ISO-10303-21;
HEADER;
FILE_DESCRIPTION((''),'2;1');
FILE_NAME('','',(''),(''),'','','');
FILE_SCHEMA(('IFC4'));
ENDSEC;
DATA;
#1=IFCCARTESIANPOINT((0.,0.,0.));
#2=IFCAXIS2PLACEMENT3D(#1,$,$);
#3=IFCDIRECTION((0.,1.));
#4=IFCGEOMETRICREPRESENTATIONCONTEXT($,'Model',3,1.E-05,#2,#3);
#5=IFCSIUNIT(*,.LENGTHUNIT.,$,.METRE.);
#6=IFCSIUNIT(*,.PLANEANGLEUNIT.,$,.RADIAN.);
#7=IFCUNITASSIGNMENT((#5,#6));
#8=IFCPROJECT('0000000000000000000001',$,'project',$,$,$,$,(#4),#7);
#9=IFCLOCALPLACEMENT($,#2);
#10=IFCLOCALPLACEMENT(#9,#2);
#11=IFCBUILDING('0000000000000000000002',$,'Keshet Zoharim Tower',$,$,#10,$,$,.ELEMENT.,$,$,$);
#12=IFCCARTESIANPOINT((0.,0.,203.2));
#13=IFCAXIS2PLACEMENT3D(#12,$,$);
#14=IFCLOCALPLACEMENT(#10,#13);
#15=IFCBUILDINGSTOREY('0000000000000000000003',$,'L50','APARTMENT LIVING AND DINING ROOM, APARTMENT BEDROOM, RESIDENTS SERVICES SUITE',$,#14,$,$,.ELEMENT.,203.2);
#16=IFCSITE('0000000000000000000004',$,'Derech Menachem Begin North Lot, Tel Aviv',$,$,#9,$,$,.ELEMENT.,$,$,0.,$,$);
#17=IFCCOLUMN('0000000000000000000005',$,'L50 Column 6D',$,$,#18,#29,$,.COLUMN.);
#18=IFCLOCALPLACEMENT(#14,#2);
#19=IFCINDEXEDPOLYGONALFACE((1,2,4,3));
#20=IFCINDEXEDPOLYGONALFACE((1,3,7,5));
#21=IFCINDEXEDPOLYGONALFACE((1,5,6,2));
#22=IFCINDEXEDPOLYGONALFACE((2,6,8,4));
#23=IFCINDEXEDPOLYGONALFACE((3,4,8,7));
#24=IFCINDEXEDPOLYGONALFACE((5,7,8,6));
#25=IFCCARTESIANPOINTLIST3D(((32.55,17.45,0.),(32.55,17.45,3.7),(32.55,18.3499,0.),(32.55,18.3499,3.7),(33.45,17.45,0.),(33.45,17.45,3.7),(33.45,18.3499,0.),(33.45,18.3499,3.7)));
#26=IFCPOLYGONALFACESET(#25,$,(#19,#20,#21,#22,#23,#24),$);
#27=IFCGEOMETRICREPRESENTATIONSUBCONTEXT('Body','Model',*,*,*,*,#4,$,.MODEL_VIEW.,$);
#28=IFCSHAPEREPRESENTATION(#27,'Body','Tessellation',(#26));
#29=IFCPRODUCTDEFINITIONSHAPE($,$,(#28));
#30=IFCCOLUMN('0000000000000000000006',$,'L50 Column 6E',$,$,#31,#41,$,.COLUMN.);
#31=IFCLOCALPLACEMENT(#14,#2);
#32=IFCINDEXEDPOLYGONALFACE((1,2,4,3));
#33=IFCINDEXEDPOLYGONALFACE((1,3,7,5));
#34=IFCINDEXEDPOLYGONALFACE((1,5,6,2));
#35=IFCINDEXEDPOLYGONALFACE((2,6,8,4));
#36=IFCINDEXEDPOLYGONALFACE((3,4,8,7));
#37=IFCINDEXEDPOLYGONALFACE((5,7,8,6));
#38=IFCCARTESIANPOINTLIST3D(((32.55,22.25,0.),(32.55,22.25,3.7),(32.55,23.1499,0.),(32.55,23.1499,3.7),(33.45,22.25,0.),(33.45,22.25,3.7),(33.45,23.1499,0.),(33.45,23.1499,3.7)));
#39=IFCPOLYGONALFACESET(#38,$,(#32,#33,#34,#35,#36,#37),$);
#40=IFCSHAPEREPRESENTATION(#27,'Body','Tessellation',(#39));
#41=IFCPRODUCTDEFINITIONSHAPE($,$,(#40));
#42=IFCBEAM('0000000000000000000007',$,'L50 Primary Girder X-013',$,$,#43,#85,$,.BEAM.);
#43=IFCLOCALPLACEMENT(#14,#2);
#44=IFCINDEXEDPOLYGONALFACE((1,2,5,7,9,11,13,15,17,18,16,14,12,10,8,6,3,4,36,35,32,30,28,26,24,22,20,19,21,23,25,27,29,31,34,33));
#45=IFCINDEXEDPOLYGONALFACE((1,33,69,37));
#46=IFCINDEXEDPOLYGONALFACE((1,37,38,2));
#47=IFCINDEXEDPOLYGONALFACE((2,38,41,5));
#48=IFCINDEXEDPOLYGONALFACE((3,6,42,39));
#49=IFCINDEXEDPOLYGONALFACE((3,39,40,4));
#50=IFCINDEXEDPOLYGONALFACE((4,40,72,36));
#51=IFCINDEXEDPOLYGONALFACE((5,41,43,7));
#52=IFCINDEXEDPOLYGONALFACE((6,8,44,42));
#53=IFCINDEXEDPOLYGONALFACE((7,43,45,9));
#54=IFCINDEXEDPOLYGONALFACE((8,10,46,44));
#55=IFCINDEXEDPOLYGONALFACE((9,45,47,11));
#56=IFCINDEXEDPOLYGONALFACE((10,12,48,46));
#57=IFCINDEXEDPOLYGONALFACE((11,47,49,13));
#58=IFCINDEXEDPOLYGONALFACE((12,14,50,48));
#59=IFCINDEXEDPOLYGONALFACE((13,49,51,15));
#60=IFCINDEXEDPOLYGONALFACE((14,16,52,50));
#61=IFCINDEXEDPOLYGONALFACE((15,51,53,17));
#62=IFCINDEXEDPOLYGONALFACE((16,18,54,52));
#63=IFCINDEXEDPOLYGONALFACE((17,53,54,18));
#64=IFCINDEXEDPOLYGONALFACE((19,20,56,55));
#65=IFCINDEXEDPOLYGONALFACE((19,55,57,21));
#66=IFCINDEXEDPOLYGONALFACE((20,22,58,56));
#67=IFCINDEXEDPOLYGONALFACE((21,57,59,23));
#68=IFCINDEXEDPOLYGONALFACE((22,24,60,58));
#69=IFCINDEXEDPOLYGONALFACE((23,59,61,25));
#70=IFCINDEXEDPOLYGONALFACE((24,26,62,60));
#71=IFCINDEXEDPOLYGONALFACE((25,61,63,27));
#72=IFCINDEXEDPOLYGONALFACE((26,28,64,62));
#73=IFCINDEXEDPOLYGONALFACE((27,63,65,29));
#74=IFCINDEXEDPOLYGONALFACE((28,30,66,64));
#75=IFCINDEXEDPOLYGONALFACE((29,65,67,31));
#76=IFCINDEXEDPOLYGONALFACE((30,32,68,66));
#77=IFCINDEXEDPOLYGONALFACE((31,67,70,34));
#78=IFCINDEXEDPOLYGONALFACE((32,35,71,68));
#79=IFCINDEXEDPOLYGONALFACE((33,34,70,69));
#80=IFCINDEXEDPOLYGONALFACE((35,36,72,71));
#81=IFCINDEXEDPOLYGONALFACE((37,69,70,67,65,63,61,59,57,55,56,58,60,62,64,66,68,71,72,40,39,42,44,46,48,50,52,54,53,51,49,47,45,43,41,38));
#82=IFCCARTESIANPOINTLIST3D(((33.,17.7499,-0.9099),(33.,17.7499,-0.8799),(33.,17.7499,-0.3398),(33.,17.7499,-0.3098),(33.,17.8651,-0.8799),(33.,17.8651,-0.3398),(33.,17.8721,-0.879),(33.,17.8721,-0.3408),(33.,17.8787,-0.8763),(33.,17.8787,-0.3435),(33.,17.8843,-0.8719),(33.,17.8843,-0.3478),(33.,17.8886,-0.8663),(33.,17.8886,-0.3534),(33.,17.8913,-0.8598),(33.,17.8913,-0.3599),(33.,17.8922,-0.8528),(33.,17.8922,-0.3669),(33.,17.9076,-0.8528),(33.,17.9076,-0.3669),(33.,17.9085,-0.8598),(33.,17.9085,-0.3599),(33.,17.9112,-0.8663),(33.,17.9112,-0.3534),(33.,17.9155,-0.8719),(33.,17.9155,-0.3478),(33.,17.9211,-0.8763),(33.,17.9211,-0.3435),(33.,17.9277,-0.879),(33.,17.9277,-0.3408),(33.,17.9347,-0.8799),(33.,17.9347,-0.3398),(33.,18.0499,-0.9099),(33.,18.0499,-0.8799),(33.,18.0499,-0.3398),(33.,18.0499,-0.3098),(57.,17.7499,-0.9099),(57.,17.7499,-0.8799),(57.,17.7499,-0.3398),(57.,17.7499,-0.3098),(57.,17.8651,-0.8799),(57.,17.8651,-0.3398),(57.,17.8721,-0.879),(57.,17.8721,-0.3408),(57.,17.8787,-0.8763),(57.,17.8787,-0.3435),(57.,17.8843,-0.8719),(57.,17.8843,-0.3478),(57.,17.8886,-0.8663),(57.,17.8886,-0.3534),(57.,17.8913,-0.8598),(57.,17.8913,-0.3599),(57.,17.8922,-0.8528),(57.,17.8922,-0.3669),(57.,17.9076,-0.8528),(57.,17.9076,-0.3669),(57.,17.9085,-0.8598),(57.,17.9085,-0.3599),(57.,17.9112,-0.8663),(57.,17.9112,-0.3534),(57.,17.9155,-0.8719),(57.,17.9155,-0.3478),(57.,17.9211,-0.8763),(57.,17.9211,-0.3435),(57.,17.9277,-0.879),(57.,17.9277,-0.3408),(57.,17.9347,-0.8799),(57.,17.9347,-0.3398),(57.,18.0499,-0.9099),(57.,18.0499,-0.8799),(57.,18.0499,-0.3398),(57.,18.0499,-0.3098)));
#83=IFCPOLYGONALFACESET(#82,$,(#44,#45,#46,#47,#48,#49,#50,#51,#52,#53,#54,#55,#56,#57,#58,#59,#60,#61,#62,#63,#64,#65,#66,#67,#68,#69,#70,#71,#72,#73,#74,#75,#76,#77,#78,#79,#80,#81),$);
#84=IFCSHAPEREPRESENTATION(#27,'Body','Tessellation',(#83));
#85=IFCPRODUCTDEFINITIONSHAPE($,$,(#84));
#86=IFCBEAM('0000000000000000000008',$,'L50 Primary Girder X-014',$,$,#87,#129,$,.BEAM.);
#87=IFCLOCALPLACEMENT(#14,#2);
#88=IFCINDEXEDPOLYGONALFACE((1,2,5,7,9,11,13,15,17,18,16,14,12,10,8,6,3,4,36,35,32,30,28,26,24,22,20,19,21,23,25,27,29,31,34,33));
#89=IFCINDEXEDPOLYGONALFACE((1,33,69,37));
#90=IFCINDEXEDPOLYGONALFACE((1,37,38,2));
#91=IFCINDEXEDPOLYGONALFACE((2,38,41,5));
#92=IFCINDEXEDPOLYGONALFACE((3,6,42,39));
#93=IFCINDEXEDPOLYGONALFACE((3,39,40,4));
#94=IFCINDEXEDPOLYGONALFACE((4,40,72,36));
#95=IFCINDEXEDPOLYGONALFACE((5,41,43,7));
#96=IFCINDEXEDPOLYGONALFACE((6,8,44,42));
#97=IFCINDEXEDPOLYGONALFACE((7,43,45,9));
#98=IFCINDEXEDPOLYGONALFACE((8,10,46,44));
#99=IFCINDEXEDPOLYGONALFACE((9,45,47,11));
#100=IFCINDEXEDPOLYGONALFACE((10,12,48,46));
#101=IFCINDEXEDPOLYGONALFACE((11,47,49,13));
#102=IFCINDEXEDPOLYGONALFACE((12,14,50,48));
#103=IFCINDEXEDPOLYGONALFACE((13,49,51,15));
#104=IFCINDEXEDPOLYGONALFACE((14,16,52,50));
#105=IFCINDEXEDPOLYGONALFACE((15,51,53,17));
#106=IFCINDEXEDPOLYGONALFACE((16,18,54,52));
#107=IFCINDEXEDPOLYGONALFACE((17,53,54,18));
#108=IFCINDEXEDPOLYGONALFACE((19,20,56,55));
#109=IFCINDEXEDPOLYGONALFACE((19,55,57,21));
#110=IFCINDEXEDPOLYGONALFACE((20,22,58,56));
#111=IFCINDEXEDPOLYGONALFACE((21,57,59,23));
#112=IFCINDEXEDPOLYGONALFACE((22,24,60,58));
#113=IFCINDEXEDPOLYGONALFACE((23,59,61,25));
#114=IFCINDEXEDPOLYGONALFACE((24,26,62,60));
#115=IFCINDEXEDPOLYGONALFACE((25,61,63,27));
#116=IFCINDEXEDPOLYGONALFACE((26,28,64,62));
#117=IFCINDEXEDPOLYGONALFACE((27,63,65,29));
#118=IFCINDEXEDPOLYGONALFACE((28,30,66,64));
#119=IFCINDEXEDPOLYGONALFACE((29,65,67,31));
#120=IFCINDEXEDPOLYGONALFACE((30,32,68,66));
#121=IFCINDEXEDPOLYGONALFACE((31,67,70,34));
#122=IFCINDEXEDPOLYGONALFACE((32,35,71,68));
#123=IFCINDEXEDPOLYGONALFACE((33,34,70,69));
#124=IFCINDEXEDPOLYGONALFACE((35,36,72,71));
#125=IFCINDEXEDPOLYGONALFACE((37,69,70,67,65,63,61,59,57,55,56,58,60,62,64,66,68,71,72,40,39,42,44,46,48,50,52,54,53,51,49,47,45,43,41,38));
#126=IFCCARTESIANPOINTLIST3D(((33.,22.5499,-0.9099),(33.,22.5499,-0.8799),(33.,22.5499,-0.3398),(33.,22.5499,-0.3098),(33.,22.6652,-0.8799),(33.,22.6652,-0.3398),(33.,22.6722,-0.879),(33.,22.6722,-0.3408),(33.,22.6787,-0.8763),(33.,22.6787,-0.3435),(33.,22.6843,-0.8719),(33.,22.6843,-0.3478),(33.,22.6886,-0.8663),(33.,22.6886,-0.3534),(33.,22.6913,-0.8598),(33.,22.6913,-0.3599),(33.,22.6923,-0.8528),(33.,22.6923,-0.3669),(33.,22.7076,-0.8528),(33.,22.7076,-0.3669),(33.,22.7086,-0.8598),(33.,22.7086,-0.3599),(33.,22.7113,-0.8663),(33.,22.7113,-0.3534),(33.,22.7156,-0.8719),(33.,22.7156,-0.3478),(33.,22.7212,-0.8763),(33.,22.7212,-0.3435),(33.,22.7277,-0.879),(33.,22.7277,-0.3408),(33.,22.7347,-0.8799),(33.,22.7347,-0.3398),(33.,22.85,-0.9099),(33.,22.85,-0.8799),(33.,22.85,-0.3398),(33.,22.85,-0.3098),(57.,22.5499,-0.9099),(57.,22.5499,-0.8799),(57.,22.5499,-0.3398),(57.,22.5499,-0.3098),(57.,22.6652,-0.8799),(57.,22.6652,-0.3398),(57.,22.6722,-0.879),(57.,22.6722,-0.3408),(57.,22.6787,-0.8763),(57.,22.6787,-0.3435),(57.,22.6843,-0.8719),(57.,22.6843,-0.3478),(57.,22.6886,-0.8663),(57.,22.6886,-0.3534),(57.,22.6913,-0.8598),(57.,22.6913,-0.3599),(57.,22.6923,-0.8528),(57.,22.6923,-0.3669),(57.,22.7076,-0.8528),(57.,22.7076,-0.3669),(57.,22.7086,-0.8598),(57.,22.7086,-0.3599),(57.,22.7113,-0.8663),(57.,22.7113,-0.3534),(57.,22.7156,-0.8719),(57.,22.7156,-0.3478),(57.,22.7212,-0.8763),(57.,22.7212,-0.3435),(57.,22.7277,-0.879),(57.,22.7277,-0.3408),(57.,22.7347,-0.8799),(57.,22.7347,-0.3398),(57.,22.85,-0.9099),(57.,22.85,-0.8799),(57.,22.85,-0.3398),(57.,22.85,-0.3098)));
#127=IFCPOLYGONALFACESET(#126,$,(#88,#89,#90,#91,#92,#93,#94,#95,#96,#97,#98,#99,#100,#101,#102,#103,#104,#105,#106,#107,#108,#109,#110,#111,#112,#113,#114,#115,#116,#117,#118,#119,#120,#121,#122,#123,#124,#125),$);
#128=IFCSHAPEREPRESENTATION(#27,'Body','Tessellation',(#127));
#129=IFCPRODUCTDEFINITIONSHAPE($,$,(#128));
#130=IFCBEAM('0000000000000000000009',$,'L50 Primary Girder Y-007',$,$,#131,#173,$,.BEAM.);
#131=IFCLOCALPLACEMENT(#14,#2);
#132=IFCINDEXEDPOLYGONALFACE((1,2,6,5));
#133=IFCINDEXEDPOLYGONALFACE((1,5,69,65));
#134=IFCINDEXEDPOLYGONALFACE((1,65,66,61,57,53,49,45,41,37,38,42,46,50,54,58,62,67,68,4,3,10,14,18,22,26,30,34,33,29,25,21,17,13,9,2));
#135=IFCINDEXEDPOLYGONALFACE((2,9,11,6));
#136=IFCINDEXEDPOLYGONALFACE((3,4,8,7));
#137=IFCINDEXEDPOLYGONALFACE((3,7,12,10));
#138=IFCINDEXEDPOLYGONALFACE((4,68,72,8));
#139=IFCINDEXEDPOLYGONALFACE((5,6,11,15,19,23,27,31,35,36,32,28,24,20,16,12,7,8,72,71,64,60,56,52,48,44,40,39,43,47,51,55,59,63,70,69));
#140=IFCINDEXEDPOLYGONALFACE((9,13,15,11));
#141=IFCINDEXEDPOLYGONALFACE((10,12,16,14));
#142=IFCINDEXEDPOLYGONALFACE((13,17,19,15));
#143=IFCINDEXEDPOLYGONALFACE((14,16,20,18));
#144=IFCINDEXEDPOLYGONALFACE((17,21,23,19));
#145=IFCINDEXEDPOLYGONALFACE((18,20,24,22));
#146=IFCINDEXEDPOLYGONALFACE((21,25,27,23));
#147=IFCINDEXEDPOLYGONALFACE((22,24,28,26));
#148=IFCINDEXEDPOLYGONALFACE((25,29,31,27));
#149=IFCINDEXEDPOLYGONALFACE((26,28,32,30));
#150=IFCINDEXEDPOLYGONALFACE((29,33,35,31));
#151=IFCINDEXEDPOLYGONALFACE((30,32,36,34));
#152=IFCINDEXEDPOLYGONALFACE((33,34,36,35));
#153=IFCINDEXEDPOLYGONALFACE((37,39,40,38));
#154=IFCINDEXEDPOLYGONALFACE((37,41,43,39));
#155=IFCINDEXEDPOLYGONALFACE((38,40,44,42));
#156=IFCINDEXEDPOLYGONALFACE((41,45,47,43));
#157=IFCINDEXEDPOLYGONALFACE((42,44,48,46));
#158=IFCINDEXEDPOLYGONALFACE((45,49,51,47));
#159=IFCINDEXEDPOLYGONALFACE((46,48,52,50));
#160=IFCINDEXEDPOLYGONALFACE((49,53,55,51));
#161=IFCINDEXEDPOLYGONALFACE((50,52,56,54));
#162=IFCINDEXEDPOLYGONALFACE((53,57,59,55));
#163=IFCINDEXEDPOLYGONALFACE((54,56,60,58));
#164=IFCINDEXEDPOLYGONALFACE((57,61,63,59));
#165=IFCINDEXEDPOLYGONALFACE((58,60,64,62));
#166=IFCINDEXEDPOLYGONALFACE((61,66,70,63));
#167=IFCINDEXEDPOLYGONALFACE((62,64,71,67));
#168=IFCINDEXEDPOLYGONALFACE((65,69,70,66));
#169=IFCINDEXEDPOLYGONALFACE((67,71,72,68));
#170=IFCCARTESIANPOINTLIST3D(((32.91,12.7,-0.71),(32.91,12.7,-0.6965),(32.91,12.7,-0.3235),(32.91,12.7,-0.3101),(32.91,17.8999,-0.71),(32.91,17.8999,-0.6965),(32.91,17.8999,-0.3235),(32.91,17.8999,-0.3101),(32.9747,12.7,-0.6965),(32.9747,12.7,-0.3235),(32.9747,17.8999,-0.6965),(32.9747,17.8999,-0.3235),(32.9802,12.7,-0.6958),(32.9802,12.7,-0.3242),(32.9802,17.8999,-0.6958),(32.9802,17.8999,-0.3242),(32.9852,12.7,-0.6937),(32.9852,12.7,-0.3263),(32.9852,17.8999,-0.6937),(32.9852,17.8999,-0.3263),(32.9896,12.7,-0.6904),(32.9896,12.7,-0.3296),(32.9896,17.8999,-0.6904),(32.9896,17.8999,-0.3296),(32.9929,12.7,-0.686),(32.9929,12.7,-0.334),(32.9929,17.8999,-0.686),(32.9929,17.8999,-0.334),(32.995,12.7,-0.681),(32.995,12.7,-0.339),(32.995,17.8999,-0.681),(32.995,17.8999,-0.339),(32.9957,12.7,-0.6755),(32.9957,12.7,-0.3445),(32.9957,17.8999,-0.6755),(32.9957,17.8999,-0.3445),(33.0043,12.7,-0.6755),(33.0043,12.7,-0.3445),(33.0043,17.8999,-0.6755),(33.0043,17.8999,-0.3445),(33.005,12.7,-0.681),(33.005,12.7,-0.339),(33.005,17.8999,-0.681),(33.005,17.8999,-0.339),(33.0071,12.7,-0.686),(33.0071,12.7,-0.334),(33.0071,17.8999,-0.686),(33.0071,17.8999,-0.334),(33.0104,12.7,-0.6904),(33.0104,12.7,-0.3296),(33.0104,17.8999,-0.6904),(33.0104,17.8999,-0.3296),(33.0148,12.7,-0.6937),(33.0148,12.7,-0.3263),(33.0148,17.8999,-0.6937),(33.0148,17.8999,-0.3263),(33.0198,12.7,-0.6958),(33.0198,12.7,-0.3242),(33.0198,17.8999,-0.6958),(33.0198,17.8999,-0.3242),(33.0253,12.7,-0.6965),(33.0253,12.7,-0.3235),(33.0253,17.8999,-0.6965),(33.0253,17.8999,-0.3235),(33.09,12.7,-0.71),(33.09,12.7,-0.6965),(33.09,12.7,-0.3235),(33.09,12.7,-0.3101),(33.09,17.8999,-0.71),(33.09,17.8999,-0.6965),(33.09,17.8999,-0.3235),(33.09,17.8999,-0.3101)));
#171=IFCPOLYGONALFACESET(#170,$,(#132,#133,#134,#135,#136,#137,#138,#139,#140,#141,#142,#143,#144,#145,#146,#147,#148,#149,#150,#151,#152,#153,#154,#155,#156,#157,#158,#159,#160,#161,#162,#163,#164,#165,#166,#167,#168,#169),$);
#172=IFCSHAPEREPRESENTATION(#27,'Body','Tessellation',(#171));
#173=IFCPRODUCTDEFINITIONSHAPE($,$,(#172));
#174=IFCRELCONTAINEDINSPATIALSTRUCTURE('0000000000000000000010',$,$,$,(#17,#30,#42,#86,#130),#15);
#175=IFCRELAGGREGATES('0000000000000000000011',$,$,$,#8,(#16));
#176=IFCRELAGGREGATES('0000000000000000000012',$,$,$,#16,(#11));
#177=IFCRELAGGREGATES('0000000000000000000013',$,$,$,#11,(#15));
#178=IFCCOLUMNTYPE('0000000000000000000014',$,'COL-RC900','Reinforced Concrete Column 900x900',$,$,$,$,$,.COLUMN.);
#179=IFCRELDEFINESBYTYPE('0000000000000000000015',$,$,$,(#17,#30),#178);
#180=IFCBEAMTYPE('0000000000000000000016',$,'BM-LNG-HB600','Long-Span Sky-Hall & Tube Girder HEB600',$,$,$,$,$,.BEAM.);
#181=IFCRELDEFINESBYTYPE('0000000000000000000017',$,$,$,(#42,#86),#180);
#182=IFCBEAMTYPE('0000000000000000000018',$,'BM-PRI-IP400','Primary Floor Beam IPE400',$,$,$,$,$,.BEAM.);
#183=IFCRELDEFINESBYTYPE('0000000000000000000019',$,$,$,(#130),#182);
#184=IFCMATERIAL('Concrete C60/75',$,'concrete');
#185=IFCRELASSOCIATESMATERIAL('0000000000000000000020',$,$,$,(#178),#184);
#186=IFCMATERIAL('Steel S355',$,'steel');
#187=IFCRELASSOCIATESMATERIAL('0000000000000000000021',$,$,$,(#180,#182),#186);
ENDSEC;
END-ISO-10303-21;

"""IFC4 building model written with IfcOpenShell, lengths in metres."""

from ifc_helpers import new_model, si_unit, direction, frame, origin, origin_2d, place, context, subcontext, project, spatial, rectangle, i_section, extrude, material, material_profile, profile_set, type_object, element, save


model = new_model("IFC4")

# Units and contexts
model_context = context("Model", 3, precision=1e-05, world=origin(), true_north=direction((0.0, 1.0)))
body_context = subcontext(model_context, "Body", "Model", "MODEL_VIEW")
ifc_project = project(units=[si_unit("LENGTHUNIT", "METRE"), si_unit("PLANEANGLEUNIT", "RADIAN")], contexts=[model_context])

# Site, building, storey
site_placement = place(None, origin())
site = spatial("IfcSite", under=ifc_project, at=site_placement, Name="Derech Menachem Begin North Lot, Tel Aviv", CompositionType="ELEMENT", RefElevation=0.0)
building_placement = place(site_placement, origin())
building = spatial("IfcBuilding", under=site, at=building_placement, Name="Keshet Zoharim Tower", CompositionType="ELEMENT")
storey_placement = place(building_placement, frame((0.0, 0.0, 203.2)))
storey = spatial("IfcBuildingStorey", under=building, at=storey_placement, Name="L50", Description="APARTMENT LIVING AND DINING ROOM, APARTMENT BEDROOM, RESIDENTS SERVICES SUITE", CompositionType="ELEMENT", Elevation=203.2)

# Columns
ifc_material_1 = material(Name="Concrete C60/75", Category="concrete")
ifc_material_profile_1 = material_profile(ifc_material_1, rectangle(XDim=0.8999, YDim=0.8999, at=origin_2d()), Name="RC900x900")
ifc_profile_set_1 = profile_set([ifc_material_profile_1], Name="Concrete C60/75")
column_type = type_object("IfcColumnType", Name="COL-RC900", Description="Reinforced Concrete Column 900x900", PredefinedType="COLUMN", material=ifc_profile_set_1)
for number, where, z_axis, x_axis, name in (
    (1, (33.0, 17.8999, 0.0), (0.0, 0.0, 1.0), (1.0, 0.0, 0.0), "L50 Column 6D"),
    (2, (33.0, 22.7, 0.0), (0.0, 0.0, 1.0), (1.0, 0.0, 0.0), "L50 Column 6E"),
):
    element("IfcColumn", number, at=place(storey_placement, frame(where, z_axis=z_axis, x_axis=x_axis)), inside=storey, type_object=column_type, Name=name, PredefinedType="COLUMN", context=body_context, shape_type="SweptSolid", body=[
        extrude(rectangle(XDim=0.8999, YDim=0.8999, at=origin_2d()), origin(), (0.0, 0.0, 1.0), 3.7),
    ])

# Beams
ifc_material_2 = material(Name="Steel S355", Category="steel")
ifc_material_profile_2 = material_profile(ifc_material_2, i_section(OverallWidth=0.3, OverallDepth=0.6001, WebThickness=0.0154, FlangeThickness=0.03, FilletRadius=0.0271, at=origin_2d()), Name="HEB600")
ifc_profile_set_2 = profile_set([ifc_material_profile_2], Name="Steel S355")
beam_type_1 = type_object("IfcBeamType", Name="BM-LNG-HB600", Description="Long-Span Sky-Hall & Tube Girder HEB600", PredefinedType="BEAM", material=ifc_profile_set_2)
for number, where, z_axis, x_axis, name in (
    (3, (33.0, 17.8999, -0.6099), (1.0, 0.0, 0.0), (0.0, 1.0, 0.0), "L50 Primary Girder X-013"),
    (4, (33.0, 22.7, -0.6099), (1.0, 0.0, 0.0), (0.0, 1.0, 0.0), "L50 Primary Girder X-014"),
):
    element("IfcBeam", number, at=place(storey_placement, frame(where, z_axis=z_axis, x_axis=x_axis)), inside=storey, type_object=beam_type_1, Name=name, PredefinedType="BEAM", context=body_context, shape_type="SweptSolid", body=[
        extrude(i_section(OverallWidth=0.3, OverallDepth=0.6001, WebThickness=0.0154, FlangeThickness=0.03, FilletRadius=0.0271, at=origin_2d()), origin(), (0.0, 0.0, 1.0), 24.0),
    ])
ifc_material_profile_3 = material_profile(ifc_material_2, i_section(OverallWidth=0.1799, OverallDepth=0.3999, WebThickness=0.0085, FlangeThickness=0.0134, FilletRadius=0.021, at=origin_2d()), Name="IPE400")
ifc_profile_set_3 = profile_set([ifc_material_profile_3], Name="Steel S355")
beam_type_2 = type_object("IfcBeamType", Name="BM-PRI-IP400", Description="Primary Floor Beam IPE400", PredefinedType="BEAM", material=ifc_profile_set_3)
beam_1_placement = place(storey_placement, frame((33.0, 12.7, -0.51), z_axis=(0.0, 1.0, 0.0), x_axis=(-1.0, 0.0, 0.0)))
element("IfcBeam", 5, at=beam_1_placement, inside=storey, type_object=beam_type_2, Name="L50 Primary Girder Y-007", PredefinedType="BEAM", context=body_context, shape_type="SweptSolid", body=[
    extrude(i_section(OverallWidth=0.1799, OverallDepth=0.3999, WebThickness=0.0085, FlangeThickness=0.0134, FilletRadius=0.021, at=origin_2d()), origin(), (0.0, 0.0, 1.0), 5.2),
])

save(model, "model.ifc")
